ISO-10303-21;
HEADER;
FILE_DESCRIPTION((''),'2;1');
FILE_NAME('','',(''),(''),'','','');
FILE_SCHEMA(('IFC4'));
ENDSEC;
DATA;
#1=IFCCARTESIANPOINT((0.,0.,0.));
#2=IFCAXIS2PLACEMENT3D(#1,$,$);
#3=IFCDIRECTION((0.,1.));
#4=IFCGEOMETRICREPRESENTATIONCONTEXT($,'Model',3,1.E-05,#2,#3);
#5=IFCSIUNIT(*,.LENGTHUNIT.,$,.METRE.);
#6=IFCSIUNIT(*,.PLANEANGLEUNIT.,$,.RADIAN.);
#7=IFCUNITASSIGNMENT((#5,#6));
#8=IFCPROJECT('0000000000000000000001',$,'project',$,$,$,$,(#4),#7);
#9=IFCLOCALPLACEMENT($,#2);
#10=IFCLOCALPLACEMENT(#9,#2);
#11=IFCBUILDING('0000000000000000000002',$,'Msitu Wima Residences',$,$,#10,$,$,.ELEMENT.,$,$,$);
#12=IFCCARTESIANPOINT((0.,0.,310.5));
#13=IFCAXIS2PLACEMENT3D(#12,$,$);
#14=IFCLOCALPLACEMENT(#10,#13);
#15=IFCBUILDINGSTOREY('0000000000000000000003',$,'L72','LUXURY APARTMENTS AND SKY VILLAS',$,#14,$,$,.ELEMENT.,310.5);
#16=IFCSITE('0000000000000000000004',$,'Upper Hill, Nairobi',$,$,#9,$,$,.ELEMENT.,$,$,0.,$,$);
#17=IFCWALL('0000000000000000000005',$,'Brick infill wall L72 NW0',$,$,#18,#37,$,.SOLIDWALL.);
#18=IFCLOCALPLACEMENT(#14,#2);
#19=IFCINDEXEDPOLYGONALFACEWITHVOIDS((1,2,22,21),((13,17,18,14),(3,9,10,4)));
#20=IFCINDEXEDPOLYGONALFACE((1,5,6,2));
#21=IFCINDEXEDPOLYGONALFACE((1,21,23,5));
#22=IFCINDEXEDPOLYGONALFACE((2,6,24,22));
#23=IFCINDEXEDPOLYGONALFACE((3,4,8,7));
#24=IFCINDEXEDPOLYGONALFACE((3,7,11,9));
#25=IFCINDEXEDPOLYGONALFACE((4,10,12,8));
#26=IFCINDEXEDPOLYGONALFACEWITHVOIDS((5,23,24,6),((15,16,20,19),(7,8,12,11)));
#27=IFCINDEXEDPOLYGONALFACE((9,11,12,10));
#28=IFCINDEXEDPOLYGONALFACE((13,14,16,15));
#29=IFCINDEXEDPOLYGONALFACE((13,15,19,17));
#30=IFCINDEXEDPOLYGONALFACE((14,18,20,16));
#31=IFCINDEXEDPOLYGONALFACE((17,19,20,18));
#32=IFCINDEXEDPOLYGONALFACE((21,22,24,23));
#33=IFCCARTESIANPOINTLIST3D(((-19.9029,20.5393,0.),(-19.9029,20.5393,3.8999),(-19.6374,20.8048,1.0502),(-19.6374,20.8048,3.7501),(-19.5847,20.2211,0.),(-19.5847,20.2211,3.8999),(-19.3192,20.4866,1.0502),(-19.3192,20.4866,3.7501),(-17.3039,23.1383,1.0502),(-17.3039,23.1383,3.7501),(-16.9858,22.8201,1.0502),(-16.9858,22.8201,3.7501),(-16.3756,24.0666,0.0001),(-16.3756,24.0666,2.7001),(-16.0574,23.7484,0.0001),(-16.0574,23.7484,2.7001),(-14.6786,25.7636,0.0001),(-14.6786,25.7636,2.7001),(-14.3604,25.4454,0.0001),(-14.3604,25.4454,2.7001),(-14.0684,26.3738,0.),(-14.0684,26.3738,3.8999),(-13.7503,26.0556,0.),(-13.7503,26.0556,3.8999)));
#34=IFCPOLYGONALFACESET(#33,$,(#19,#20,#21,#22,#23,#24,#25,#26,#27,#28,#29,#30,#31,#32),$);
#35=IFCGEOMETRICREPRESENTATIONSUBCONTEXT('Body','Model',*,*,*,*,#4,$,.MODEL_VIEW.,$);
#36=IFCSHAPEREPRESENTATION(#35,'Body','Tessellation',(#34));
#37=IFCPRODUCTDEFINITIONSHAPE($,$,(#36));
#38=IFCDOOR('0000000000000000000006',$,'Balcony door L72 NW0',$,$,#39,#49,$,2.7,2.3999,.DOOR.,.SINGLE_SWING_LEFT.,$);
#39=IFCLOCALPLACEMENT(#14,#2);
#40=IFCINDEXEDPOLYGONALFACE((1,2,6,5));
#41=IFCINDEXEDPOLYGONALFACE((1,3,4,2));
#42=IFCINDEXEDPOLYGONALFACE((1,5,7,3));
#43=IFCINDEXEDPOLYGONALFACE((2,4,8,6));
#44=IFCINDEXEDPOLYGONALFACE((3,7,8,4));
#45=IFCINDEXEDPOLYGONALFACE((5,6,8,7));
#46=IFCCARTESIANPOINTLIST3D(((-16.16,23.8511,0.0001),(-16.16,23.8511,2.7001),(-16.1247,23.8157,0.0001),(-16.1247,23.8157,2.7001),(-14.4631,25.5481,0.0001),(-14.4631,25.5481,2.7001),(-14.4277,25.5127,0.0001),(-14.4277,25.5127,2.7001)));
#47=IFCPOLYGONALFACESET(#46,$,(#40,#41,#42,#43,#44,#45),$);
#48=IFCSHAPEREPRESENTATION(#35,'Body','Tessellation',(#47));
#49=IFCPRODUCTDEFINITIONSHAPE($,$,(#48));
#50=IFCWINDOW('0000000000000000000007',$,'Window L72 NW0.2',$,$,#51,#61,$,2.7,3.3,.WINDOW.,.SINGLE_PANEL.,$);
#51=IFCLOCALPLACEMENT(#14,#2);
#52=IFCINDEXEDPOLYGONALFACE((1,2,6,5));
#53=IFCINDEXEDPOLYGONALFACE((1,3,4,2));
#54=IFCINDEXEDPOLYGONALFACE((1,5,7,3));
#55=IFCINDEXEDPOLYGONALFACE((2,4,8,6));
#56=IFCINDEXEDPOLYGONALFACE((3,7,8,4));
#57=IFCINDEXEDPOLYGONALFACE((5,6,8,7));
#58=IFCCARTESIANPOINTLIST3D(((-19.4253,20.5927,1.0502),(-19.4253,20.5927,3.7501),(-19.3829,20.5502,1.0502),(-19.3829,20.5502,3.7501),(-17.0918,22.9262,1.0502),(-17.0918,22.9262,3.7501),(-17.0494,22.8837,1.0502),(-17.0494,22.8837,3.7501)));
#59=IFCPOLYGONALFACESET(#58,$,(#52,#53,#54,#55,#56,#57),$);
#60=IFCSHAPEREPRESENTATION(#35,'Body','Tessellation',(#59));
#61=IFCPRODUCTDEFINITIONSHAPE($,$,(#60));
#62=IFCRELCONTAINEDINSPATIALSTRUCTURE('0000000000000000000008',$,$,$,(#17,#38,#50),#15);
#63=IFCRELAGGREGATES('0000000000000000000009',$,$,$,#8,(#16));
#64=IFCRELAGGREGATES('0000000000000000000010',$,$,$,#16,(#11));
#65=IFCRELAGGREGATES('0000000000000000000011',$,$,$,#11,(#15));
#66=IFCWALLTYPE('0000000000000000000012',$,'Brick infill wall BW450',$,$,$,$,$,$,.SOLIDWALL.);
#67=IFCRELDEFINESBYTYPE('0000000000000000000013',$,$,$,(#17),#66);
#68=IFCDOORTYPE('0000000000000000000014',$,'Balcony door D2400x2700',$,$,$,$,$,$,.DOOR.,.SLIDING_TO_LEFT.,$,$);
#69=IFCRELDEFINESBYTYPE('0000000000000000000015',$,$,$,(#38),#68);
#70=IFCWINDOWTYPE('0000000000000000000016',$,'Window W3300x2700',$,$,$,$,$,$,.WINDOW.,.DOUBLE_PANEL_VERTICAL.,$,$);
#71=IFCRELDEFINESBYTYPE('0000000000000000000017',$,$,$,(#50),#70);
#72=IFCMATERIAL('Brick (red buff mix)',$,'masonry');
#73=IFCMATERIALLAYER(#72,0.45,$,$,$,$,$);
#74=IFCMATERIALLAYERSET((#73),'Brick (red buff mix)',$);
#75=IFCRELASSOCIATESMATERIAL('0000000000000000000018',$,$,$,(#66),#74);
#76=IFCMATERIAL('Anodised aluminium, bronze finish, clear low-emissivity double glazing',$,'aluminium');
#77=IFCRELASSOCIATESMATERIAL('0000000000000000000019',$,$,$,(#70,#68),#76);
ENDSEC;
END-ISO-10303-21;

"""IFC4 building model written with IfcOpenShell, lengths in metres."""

from ifc_helpers import new_model, si_unit, direction, frame, frame_2d, origin, place, context, subcontext, project, spatial, rectangle, extrude, material, layer, layer_set, type_object, element, fill, save


model = new_model("IFC4")

# Units and contexts
model_context = context("Model", 3, precision=1e-05, world=origin(), true_north=direction((0.0, 1.0)))
body_context = subcontext(model_context, "Body", "Model", "MODEL_VIEW")
ifc_project = project(units=[si_unit("LENGTHUNIT", "METRE"), si_unit("PLANEANGLEUNIT", "RADIAN")], contexts=[model_context])

# Site, building, storey
site_placement = place(None, origin())
site = spatial("IfcSite", under=ifc_project, at=site_placement, Name="Upper Hill, Nairobi", CompositionType="ELEMENT", RefElevation=0.0)
building_placement = place(site_placement, origin())
building = spatial("IfcBuilding", under=site, at=building_placement, Name="Msitu Wima Residences", CompositionType="ELEMENT")
storey_placement = place(building_placement, frame((0.0, 0.0, 310.5)))
storey = spatial("IfcBuildingStorey", under=building, at=storey_placement, Name="L72", Description="LUXURY APARTMENTS AND SKY VILLAS", CompositionType="ELEMENT", Elevation=310.5)

# Shared definitions
ifc_material_1 = material(Name="Brick (red buff mix)", Category="masonry")
ifc_layer_1 = layer(ifc_material_1, 0.45)
ifc_layer_set_1 = layer_set([ifc_layer_1], Name="Brick (red buff mix)")
wall_type_1 = type_object("IfcWallType", Name="Brick infill wall BW450", PredefinedType="SOLIDWALL", material=ifc_layer_set_1)
ifc_material_2 = material(Name="Anodised aluminium, bronze finish, clear low-emissivity double glazing", Category="aluminium")
window_type = type_object("IfcWindowType", Name="Window W3300x2700", PartitioningType="DOUBLE_PANEL_VERTICAL", PredefinedType="WINDOW", material=ifc_material_2)

# Wall, openings, door, window
wall_1_placement = place(storey_placement, frame((-13.9094, 26.2146, 0.0), z_axis=(0.0, 0.0, 1.0), x_axis=(-0.707107, -0.707107, 0.0)))
wall_1 = element("IfcWall", 1, at=wall_1_placement, inside=storey, type_object=wall_type_1, Name="Brick infill wall L72 NW0", PredefinedType="SOLIDWALL", context=body_context, shape_type="SweptSolid", body=[
    extrude(rectangle(XDim=8.2512, YDim=0.45, at=frame_2d((4.1255, 0.0))), origin(), (0.0, 0.0, 1.0), 3.8999),
])
opening_1_placement = place(wall_1_placement, frame((0.8628, 0.0, 0.0)))
opening_1 = element("IfcOpeningElement", 2, at=opening_1_placement, cuts=wall_1, PredefinedType="OPENING", context=body_context, shape_type="SweptSolid", body=[
    extrude(rectangle(XDim=2.3999, YDim=2.7, at=frame_2d((1.2, 1.3501))), frame((0.0, 0.2349, 0.0), z_axis=(0.0, -1.0, 0.0), x_axis=(1.0, 0.0, 0.0)), (0.0, 0.0, 1.0), 0.47),
])
opening_2_placement = place(wall_1_placement, frame((4.5757, 0.0, 1.05)))
opening_2 = element("IfcOpeningElement", 3, at=opening_2_placement, cuts=wall_1, PredefinedType="OPENING", context=body_context, shape_type="SweptSolid", body=[
    extrude(rectangle(XDim=3.3, YDim=2.7, at=frame_2d((1.6499, 1.3501))), frame((0.0, 0.2349, 0.0), z_axis=(0.0, -1.0, 0.0), x_axis=(1.0, 0.0, 0.0)), (0.0, 0.0, 1.0), 0.47),
])
door_type = type_object("IfcDoorType", Name="Balcony door D2400x2700", OperationType="SLIDING_TO_LEFT", PredefinedType="DOOR", material=ifc_material_2)
door_placement = place(opening_1_placement, origin())
door = element("IfcDoor", 4, at=door_placement, inside=storey, type_object=door_type, Name="Balcony door L72 NW0", OperationType="SINGLE_SWING_LEFT", OverallHeight=2.7, OverallWidth=2.3999, PredefinedType="DOOR", context=body_context, shape_type="SweptSolid", body=[
    extrude(rectangle(XDim=2.3999, YDim=2.7, at=frame_2d((1.2, 1.3501))), frame((0.0, 0.1299, 0.0), z_axis=(0.0, -1.0, 0.0), x_axis=(1.0, 0.0, 0.0)), (0.0, 0.0, 1.0), 0.05),
])
fill(opening_1, door)
window_1_placement = place(opening_2_placement, origin())
window_1 = element("IfcWindow", 5, at=window_1_placement, inside=storey, type_object=window_type, Name="Window L72 NW0.2", OverallHeight=2.7, OverallWidth=3.3, PartitioningType="SINGLE_PANEL", PredefinedType="WINDOW", context=body_context, shape_type="SweptSolid", body=[
    extrude(rectangle(XDim=3.3, YDim=2.7, at=frame_2d((1.6499, 1.3501))), frame((0.0, 0.135, 0.0), z_axis=(0.0, -1.0, 0.0), x_axis=(1.0, 0.0, 0.0)), (0.0, 0.0, 1.0), 0.0601),
])
fill(opening_2, window_1)

save(model, "model.ifc")
